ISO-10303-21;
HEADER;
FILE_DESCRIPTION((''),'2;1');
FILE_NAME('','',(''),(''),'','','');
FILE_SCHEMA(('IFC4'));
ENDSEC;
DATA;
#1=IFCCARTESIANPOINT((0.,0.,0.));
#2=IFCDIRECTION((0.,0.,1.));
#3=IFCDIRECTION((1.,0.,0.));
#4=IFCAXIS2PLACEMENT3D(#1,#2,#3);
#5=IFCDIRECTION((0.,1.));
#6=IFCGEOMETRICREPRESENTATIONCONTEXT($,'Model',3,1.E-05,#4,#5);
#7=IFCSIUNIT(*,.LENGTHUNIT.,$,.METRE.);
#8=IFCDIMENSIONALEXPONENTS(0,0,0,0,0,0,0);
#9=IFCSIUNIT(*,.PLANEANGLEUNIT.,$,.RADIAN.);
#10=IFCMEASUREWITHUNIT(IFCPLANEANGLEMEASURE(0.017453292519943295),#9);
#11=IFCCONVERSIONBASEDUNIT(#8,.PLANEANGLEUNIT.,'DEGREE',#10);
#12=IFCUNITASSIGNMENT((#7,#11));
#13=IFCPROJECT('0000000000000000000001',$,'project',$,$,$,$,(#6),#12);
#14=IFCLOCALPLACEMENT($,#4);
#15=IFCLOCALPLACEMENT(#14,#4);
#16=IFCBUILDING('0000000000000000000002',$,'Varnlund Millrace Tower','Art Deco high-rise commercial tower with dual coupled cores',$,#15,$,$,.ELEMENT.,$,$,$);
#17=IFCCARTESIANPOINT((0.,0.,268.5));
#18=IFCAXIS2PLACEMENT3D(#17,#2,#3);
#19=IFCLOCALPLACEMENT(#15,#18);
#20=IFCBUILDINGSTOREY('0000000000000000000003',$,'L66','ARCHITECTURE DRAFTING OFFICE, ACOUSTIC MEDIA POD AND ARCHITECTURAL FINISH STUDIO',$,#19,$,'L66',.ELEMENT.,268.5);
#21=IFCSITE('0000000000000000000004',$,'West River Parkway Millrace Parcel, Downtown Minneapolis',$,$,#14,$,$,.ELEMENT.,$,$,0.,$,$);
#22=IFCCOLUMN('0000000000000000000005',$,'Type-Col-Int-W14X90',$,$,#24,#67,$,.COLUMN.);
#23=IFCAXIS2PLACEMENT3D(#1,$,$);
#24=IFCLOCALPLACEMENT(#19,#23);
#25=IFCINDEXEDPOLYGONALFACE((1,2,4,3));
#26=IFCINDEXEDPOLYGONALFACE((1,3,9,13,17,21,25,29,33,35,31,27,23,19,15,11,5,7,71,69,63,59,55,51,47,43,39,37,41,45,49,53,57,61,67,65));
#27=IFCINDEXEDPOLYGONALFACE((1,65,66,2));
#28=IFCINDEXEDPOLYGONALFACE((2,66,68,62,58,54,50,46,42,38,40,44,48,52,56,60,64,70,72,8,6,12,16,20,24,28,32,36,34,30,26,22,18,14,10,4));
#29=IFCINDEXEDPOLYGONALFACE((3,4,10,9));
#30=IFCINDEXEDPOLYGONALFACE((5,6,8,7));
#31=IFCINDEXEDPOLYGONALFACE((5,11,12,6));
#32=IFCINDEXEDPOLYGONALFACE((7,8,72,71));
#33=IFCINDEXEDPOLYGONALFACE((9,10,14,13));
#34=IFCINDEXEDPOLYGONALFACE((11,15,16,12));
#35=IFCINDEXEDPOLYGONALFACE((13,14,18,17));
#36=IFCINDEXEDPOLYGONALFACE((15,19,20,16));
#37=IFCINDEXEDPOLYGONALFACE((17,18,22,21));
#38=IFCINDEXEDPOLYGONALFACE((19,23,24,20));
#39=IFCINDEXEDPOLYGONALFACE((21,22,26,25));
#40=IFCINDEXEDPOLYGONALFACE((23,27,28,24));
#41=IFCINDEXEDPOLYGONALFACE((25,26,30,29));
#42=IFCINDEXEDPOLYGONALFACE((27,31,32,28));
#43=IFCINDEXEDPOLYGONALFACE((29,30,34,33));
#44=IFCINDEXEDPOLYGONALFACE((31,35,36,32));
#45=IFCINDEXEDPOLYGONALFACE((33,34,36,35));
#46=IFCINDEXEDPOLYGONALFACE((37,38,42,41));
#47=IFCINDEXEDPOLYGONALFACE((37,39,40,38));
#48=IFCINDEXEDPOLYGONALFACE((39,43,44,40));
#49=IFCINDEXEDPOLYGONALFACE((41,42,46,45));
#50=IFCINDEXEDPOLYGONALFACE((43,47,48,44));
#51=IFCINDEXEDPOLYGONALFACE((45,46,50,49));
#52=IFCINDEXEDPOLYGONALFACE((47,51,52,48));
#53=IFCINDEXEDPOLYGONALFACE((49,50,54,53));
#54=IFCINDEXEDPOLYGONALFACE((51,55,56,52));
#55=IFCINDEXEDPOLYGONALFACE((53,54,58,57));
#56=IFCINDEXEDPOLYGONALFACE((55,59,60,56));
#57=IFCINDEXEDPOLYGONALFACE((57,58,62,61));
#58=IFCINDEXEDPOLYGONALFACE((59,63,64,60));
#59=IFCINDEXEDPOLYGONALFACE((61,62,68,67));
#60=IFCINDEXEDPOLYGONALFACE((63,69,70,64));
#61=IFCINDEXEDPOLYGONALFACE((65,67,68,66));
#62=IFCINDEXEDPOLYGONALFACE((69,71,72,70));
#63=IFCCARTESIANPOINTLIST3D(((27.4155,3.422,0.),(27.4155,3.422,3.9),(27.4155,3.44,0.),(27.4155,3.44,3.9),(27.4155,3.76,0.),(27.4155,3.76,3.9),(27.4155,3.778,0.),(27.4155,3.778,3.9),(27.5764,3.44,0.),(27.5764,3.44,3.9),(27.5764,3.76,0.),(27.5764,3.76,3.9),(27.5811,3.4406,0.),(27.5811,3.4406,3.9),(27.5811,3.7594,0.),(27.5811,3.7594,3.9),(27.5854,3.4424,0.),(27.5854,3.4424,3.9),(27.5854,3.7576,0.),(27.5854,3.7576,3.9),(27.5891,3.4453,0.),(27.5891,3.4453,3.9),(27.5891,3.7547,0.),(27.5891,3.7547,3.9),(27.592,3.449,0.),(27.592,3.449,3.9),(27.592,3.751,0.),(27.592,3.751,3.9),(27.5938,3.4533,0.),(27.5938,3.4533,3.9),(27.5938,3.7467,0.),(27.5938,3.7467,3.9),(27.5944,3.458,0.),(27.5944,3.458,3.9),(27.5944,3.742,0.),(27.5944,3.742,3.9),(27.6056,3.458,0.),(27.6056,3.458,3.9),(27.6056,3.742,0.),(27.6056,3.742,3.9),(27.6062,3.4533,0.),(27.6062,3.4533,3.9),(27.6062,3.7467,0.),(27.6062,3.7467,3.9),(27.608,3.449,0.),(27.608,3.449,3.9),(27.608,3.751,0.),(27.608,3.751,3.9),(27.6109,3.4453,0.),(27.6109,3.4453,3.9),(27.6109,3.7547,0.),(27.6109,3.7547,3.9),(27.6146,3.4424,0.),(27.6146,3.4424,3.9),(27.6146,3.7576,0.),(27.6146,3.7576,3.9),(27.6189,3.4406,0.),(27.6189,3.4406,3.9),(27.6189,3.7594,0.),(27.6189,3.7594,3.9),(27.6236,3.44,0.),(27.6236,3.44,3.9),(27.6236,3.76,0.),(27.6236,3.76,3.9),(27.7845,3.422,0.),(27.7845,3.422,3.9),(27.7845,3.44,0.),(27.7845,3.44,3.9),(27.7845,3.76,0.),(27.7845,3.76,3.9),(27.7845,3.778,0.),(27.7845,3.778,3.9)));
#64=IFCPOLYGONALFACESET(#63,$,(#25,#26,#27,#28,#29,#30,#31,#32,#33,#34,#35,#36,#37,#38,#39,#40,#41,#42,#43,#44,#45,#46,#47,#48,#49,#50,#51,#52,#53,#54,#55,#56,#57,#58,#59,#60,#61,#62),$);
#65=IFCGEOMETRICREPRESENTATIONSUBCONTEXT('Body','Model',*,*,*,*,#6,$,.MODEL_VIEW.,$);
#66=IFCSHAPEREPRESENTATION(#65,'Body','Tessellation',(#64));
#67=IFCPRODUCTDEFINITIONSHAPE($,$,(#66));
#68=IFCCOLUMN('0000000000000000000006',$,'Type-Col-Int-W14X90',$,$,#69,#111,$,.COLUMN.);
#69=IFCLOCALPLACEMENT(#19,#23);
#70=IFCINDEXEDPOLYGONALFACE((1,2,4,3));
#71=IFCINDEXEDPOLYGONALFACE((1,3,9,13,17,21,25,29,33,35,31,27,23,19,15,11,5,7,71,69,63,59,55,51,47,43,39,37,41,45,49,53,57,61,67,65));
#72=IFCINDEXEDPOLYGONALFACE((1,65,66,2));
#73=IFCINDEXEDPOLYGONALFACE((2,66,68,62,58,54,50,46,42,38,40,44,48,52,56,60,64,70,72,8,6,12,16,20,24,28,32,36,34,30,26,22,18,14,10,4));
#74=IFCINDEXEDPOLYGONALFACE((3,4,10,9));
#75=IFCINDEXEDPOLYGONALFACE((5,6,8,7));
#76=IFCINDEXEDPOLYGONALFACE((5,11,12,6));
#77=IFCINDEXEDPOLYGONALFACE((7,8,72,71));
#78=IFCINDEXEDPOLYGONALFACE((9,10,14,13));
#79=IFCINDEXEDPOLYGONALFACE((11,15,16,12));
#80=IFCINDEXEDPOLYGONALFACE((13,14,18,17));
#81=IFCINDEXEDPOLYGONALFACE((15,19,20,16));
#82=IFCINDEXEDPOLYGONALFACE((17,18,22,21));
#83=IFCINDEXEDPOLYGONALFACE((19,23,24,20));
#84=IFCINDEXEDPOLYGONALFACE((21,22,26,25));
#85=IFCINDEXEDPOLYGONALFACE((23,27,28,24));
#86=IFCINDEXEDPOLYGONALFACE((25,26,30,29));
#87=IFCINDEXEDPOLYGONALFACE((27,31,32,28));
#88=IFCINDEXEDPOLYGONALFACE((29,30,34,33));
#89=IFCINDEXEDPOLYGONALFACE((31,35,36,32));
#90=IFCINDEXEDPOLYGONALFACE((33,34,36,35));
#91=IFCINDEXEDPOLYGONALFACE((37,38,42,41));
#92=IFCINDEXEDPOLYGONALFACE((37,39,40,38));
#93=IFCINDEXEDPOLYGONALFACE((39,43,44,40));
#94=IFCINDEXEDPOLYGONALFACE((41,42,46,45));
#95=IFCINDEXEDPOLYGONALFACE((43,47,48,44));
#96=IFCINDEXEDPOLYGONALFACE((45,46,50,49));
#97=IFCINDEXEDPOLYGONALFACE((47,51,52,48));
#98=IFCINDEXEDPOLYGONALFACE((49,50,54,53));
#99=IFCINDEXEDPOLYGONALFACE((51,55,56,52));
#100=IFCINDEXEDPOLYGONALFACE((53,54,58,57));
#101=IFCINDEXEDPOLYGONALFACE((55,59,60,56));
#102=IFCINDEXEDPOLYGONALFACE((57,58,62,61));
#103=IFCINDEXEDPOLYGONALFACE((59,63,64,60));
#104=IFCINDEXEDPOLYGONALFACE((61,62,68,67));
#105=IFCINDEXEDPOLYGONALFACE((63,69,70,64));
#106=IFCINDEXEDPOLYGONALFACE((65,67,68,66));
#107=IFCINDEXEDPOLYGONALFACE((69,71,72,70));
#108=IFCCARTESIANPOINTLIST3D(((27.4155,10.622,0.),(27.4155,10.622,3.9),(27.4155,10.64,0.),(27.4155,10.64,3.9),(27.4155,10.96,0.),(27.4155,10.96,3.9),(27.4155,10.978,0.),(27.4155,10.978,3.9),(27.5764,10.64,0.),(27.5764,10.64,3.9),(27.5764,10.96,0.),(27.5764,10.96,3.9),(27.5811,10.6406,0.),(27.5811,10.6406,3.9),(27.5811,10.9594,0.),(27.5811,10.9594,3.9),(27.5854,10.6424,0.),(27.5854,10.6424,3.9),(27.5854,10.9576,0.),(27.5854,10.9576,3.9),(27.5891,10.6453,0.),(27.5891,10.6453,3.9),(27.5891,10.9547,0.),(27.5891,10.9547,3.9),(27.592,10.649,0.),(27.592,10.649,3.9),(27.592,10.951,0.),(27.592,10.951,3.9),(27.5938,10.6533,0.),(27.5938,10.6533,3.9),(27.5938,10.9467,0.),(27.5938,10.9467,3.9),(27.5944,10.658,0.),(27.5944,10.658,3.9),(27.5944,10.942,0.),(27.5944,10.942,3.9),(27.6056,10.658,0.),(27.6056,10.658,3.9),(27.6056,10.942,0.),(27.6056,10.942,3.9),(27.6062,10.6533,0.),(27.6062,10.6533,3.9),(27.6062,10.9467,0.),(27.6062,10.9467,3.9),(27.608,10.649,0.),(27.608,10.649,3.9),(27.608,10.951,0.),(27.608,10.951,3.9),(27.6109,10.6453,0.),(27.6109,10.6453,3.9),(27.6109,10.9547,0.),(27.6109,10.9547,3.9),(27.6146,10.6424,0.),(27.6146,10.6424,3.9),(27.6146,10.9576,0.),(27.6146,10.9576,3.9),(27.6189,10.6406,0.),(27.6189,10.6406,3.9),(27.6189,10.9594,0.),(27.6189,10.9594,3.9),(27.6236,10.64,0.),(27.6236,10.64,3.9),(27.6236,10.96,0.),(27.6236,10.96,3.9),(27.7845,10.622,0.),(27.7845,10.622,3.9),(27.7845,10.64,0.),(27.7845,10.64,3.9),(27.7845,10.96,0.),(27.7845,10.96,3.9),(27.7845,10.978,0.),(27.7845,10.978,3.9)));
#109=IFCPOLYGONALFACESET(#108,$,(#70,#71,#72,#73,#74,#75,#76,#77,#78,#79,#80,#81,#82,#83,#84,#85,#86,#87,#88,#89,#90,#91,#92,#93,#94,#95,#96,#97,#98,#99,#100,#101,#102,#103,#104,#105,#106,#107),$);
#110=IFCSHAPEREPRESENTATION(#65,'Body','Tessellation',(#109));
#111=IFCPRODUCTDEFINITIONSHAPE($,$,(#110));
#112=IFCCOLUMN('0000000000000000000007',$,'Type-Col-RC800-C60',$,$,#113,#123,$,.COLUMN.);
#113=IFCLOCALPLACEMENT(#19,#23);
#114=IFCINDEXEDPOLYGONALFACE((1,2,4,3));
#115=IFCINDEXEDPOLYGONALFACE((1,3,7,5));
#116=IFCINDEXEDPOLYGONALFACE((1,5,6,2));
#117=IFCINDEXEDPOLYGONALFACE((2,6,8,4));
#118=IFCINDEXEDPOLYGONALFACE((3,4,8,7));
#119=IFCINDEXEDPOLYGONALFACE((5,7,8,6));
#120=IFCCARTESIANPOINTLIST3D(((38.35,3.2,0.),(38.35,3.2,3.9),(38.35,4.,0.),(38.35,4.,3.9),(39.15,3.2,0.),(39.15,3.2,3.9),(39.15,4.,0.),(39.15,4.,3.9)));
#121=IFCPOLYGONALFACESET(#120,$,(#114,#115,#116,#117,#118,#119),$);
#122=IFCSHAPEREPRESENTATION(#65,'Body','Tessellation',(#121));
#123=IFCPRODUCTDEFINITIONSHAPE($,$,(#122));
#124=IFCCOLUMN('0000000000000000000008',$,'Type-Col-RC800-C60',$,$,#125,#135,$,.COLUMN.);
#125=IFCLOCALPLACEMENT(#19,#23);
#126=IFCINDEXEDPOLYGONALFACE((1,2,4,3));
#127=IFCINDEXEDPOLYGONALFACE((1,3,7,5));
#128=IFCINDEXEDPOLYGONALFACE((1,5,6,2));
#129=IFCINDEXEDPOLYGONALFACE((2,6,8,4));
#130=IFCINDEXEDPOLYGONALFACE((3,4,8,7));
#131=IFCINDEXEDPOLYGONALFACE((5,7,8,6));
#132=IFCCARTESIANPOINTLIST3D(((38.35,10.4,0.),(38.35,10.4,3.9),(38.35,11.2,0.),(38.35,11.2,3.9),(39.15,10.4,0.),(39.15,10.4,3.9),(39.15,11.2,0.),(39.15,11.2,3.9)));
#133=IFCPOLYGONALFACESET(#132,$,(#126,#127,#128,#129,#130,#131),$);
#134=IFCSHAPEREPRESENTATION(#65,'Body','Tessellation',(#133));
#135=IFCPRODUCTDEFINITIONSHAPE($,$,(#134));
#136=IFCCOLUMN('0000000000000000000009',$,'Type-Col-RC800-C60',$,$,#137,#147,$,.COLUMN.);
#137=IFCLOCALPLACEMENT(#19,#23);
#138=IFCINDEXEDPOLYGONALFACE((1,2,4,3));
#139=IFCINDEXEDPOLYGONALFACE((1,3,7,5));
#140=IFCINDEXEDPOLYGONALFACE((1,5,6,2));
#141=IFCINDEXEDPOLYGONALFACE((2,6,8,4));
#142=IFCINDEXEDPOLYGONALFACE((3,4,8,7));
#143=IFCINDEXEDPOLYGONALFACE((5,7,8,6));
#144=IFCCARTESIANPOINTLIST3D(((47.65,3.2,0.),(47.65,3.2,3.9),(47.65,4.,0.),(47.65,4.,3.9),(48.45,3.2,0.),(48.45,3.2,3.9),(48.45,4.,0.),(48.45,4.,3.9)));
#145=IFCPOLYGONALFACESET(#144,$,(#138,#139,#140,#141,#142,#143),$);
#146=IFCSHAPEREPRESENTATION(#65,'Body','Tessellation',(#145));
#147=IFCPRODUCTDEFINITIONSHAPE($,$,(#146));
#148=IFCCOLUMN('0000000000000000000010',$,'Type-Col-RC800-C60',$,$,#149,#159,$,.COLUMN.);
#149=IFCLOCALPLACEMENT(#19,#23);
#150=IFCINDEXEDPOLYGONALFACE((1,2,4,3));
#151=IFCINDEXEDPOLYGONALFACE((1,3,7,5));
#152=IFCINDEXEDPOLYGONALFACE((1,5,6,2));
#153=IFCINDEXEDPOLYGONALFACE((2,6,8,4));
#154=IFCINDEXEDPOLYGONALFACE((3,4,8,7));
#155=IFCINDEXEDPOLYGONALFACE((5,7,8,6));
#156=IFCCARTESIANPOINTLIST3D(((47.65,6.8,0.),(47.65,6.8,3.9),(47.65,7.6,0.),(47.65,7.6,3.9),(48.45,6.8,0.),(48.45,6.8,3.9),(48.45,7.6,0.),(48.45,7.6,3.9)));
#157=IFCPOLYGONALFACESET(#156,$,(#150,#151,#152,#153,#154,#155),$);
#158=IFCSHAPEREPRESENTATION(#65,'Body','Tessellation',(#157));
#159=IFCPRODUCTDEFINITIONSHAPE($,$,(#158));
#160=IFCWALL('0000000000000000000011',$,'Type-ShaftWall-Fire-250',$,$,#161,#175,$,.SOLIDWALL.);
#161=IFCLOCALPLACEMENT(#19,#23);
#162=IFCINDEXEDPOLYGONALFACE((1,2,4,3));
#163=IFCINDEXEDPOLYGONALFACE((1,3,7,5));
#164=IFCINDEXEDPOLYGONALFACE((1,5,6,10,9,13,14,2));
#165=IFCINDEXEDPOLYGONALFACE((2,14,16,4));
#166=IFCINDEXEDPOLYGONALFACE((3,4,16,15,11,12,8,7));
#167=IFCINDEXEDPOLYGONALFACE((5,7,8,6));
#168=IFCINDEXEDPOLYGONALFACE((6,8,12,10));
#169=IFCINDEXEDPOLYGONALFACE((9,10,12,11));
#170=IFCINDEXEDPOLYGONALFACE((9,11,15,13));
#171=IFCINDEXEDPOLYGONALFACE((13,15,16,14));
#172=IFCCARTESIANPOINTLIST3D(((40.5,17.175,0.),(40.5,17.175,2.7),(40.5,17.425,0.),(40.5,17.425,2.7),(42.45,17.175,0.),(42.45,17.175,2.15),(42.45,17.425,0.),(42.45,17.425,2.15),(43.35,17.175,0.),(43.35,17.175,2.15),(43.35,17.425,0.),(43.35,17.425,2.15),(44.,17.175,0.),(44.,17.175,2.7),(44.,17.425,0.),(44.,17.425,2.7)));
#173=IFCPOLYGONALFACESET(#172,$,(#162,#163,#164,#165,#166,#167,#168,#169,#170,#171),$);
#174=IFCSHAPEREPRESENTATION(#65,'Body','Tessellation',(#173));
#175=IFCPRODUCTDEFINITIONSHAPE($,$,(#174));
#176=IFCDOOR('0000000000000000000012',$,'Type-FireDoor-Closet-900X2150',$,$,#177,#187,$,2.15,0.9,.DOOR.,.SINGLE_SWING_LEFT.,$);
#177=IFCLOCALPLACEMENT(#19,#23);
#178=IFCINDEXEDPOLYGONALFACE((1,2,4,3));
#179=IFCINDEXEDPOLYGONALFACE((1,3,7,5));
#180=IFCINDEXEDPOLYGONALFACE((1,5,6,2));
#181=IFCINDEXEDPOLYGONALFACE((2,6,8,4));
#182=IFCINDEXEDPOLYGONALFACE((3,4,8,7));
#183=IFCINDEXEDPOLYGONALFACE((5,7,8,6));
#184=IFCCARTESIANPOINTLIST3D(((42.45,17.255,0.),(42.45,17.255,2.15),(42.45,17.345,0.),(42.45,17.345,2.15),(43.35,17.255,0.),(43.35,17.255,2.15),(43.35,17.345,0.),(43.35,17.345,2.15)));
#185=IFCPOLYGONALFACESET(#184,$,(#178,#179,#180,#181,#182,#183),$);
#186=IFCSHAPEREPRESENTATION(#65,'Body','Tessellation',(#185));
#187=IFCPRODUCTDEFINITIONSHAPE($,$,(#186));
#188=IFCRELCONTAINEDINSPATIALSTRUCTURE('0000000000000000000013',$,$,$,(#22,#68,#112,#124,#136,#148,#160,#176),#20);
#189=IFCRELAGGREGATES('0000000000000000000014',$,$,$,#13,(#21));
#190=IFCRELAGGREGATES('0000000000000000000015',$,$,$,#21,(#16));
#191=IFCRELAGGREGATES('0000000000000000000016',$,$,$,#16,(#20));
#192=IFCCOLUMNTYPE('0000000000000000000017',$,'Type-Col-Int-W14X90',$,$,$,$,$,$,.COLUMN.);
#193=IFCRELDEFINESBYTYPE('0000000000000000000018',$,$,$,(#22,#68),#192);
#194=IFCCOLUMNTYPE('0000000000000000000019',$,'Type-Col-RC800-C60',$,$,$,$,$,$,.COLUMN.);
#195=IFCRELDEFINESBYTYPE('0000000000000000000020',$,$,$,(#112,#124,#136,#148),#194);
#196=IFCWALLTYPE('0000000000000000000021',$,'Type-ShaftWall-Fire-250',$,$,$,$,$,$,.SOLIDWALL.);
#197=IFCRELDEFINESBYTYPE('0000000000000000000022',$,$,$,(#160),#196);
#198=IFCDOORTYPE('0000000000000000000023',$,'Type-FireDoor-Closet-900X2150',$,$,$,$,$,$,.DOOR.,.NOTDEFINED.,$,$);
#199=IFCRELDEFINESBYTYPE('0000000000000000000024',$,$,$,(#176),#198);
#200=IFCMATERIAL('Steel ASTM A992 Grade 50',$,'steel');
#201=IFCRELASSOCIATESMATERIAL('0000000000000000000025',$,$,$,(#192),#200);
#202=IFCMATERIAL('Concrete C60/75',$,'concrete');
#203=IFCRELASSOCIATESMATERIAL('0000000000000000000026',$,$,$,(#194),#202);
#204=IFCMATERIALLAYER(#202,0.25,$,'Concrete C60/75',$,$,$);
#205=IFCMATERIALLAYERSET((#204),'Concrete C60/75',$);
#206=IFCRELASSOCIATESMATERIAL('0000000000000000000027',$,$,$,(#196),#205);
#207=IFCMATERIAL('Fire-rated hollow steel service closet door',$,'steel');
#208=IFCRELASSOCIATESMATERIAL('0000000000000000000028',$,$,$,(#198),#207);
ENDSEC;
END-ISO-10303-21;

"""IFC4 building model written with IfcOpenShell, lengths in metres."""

from ifc_helpers import new_model, entity, si_unit, converted_unit, direction, frame, origin_with_axes, origin_2d_with_axis, place, context, subcontext, project, spatial, polyline, rectangle, i_section, outline, extrude, material, layer, layer_set, material_profile, profile_set, type_object, element, fill, save


model = new_model("IFC4")

# Units and contexts
model_context = context("Model", 3, precision=1e-05, world=origin_with_axes(), true_north=direction((0.0, 1.0)))
body_context = subcontext(model_context, "Body", "Model", "MODEL_VIEW")
ifc_project = project(units=[si_unit("LENGTHUNIT", "METRE"), converted_unit("PLANEANGLEUNIT", "DEGREE", entity("IfcPlaneAngleMeasure", 0.017453292519943295), si_unit("PLANEANGLEUNIT", "RADIAN"), dimensions=[0, 0, 0, 0, 0, 0, 0])], contexts=[model_context])

# Site, building, storey
site_placement = place(None, origin_with_axes())
site = spatial("IfcSite", under=ifc_project, at=site_placement, Name="West River Parkway Millrace Parcel, Downtown Minneapolis", CompositionType="ELEMENT", RefElevation=0.0)
building_placement = place(site_placement, origin_with_axes())
building = spatial("IfcBuilding", under=site, at=building_placement, Name="Varnlund Millrace Tower", Description="Art Deco high-rise commercial tower with dual coupled cores", CompositionType="ELEMENT")
storey_placement = place(building_placement, frame((0.0, 0.0, 268.5), z_axis=(0.0, 0.0, 1.0), x_axis=(1.0, 0.0, 0.0)))
storey = spatial("IfcBuildingStorey", under=building, at=storey_placement, Name="L66", Description="ARCHITECTURE DRAFTING OFFICE, ACOUSTIC MEDIA POD AND ARCHITECTURAL FINISH STUDIO", LongName="L66", CompositionType="ELEMENT", Elevation=268.5)

# Columns
ifc_material_1 = material(Name="Steel ASTM A992 Grade 50", Category="steel")
ifc_material_profile_1 = material_profile(ifc_material_1, i_section(OverallWidth=0.369, OverallDepth=0.356, WebThickness=0.0112, FlangeThickness=0.018, FilletRadius=0.018, at=origin_2d_with_axis()), Name="Steel ASTM A992 Grade 50")
ifc_profile_set_1 = profile_set([ifc_material_profile_1], Name="Steel ASTM A992 Grade 50")
column_type_1 = type_object("IfcColumnType", Name="Type-Col-Int-W14X90", PredefinedType="COLUMN", material=ifc_profile_set_1)
for number, where, z_axis, x_axis, name in (
    (1, (27.6, 3.6, 0.0), (0.0, 0.0, 1.0), (1.0, 0.0, 0.0), "Type-Col-Int-W14X90"),
    (2, (27.6, 10.8, 0.0), (0.0, 0.0, 1.0), (1.0, 0.0, 0.0), "Type-Col-Int-W14X90"),
):
    element("IfcColumn", number, at=place(storey_placement, frame(where, z_axis=z_axis, x_axis=x_axis)), inside=storey, type_object=column_type_1, Name=name, PredefinedType="COLUMN", context=body_context, shape_type="SweptSolid", body=[
        extrude(i_section(OverallWidth=0.369, OverallDepth=0.356, WebThickness=0.0112, FlangeThickness=0.018, FilletRadius=0.018, at=origin_2d_with_axis()), origin_with_axes(), (0.0, 0.0, 1.0), 3.9),
    ])
ifc_material_2 = material(Name="Concrete C60/75", Category="concrete")
ifc_material_profile_2 = material_profile(ifc_material_2, rectangle(XDim=0.8, YDim=0.8, at=origin_2d_with_axis()), Name="Concrete C60/75")
ifc_profile_set_2 = profile_set([ifc_material_profile_2], Name="Concrete C60/75")
column_type_2 = type_object("IfcColumnType", Name="Type-Col-RC800-C60", PredefinedType="COLUMN", material=ifc_profile_set_2)
for number, where, z_axis, x_axis, name in (
    (3, (38.75, 3.6, 0.0), (0.0, 0.0, 1.0), (1.0, 0.0, 0.0), "Type-Col-RC800-C60"),
    (4, (38.75, 10.8, 0.0), (0.0, 0.0, 1.0), (1.0, 0.0, 0.0), "Type-Col-RC800-C60"),
    (5, (48.05, 3.6, 0.0), (0.0, 0.0, 1.0), (1.0, 0.0, 0.0), "Type-Col-RC800-C60"),
    (6, (48.05, 7.2, 0.0), (0.0, 0.0, 1.0), (1.0, 0.0, 0.0), "Type-Col-RC800-C60"),
):
    element("IfcColumn", number, at=place(storey_placement, frame(where, z_axis=z_axis, x_axis=x_axis)), inside=storey, type_object=column_type_2, Name=name, PredefinedType="COLUMN", context=body_context, shape_type="SweptSolid", body=[
        extrude(rectangle(XDim=0.8, YDim=0.8, at=origin_2d_with_axis()), origin_with_axes(), (0.0, 0.0, 1.0), 3.9),
    ])

# Wall, opening, door
ifc_layer = layer(ifc_material_2, 0.25, Name="Concrete C60/75")
ifc_layer_set = layer_set([ifc_layer], Name="Concrete C60/75")
wall_type = type_object("IfcWallType", Name="Type-ShaftWall-Fire-250", PredefinedType="SOLIDWALL", material=ifc_layer_set)
wall_1_placement = place(storey_placement, frame((40.5, 17.3, 0.0), z_axis=(0.0, 0.0, 1.0), x_axis=(1.0, 0.0, 0.0)))
wall_1 = element("IfcWall", 7, at=wall_1_placement, inside=storey, type_object=wall_type, Name="Type-ShaftWall-Fire-250", PredefinedType="SOLIDWALL", context=body_context, shape_type="SweptSolid", body=[
    extrude(outline(polyline([(0.0, -0.125), (3.5, -0.125), (3.5, 0.125), (0.0, 0.125), (0.0, -0.125)])), origin_with_axes(), (0.0, 0.0, 1.0), 2.7),
])
opening_1_placement = place(wall_1_placement, frame((2.4, 0.0, 0.0), z_axis=(0.0, 0.0, 1.0), x_axis=(1.0, 0.0, 0.0)))
opening_1 = element("IfcOpeningElement", 8, at=opening_1_placement, cuts=wall_1, PredefinedType="OPENING", context=body_context, shape_type="SweptSolid", body=[
    extrude(rectangle(XDim=0.9, YDim=0.27, at=origin_2d_with_axis()), origin_with_axes(), (0.0, 0.0, 1.0), 2.15),
])
ifc_material_3 = material(Name="Fire-rated hollow steel service closet door", Category="steel")
door_type_1 = type_object("IfcDoorType", Name="Type-FireDoor-Closet-900X2150", OperationType="NOTDEFINED", PredefinedType="DOOR", material=ifc_material_3)
door_1_placement = place(wall_1_placement, frame((2.4, 0.0, 0.0), z_axis=(0.0, 0.0, 1.0), x_axis=(1.0, 0.0, 0.0)))
door_1 = element("IfcDoor", 9, at=door_1_placement, inside=storey, type_object=door_type_1, Name="Type-FireDoor-Closet-900X2150", OperationType="SINGLE_SWING_LEFT", OverallHeight=2.15, OverallWidth=0.9, PredefinedType="DOOR", context=body_context, shape_type="SweptSolid", body=[
    extrude(rectangle(XDim=0.9, YDim=0.09, at=origin_2d_with_axis()), origin_with_axes(), (0.0, 0.0, 1.0), 2.15),
])
fill(opening_1, door_1)

save(model, "model.ifc")
